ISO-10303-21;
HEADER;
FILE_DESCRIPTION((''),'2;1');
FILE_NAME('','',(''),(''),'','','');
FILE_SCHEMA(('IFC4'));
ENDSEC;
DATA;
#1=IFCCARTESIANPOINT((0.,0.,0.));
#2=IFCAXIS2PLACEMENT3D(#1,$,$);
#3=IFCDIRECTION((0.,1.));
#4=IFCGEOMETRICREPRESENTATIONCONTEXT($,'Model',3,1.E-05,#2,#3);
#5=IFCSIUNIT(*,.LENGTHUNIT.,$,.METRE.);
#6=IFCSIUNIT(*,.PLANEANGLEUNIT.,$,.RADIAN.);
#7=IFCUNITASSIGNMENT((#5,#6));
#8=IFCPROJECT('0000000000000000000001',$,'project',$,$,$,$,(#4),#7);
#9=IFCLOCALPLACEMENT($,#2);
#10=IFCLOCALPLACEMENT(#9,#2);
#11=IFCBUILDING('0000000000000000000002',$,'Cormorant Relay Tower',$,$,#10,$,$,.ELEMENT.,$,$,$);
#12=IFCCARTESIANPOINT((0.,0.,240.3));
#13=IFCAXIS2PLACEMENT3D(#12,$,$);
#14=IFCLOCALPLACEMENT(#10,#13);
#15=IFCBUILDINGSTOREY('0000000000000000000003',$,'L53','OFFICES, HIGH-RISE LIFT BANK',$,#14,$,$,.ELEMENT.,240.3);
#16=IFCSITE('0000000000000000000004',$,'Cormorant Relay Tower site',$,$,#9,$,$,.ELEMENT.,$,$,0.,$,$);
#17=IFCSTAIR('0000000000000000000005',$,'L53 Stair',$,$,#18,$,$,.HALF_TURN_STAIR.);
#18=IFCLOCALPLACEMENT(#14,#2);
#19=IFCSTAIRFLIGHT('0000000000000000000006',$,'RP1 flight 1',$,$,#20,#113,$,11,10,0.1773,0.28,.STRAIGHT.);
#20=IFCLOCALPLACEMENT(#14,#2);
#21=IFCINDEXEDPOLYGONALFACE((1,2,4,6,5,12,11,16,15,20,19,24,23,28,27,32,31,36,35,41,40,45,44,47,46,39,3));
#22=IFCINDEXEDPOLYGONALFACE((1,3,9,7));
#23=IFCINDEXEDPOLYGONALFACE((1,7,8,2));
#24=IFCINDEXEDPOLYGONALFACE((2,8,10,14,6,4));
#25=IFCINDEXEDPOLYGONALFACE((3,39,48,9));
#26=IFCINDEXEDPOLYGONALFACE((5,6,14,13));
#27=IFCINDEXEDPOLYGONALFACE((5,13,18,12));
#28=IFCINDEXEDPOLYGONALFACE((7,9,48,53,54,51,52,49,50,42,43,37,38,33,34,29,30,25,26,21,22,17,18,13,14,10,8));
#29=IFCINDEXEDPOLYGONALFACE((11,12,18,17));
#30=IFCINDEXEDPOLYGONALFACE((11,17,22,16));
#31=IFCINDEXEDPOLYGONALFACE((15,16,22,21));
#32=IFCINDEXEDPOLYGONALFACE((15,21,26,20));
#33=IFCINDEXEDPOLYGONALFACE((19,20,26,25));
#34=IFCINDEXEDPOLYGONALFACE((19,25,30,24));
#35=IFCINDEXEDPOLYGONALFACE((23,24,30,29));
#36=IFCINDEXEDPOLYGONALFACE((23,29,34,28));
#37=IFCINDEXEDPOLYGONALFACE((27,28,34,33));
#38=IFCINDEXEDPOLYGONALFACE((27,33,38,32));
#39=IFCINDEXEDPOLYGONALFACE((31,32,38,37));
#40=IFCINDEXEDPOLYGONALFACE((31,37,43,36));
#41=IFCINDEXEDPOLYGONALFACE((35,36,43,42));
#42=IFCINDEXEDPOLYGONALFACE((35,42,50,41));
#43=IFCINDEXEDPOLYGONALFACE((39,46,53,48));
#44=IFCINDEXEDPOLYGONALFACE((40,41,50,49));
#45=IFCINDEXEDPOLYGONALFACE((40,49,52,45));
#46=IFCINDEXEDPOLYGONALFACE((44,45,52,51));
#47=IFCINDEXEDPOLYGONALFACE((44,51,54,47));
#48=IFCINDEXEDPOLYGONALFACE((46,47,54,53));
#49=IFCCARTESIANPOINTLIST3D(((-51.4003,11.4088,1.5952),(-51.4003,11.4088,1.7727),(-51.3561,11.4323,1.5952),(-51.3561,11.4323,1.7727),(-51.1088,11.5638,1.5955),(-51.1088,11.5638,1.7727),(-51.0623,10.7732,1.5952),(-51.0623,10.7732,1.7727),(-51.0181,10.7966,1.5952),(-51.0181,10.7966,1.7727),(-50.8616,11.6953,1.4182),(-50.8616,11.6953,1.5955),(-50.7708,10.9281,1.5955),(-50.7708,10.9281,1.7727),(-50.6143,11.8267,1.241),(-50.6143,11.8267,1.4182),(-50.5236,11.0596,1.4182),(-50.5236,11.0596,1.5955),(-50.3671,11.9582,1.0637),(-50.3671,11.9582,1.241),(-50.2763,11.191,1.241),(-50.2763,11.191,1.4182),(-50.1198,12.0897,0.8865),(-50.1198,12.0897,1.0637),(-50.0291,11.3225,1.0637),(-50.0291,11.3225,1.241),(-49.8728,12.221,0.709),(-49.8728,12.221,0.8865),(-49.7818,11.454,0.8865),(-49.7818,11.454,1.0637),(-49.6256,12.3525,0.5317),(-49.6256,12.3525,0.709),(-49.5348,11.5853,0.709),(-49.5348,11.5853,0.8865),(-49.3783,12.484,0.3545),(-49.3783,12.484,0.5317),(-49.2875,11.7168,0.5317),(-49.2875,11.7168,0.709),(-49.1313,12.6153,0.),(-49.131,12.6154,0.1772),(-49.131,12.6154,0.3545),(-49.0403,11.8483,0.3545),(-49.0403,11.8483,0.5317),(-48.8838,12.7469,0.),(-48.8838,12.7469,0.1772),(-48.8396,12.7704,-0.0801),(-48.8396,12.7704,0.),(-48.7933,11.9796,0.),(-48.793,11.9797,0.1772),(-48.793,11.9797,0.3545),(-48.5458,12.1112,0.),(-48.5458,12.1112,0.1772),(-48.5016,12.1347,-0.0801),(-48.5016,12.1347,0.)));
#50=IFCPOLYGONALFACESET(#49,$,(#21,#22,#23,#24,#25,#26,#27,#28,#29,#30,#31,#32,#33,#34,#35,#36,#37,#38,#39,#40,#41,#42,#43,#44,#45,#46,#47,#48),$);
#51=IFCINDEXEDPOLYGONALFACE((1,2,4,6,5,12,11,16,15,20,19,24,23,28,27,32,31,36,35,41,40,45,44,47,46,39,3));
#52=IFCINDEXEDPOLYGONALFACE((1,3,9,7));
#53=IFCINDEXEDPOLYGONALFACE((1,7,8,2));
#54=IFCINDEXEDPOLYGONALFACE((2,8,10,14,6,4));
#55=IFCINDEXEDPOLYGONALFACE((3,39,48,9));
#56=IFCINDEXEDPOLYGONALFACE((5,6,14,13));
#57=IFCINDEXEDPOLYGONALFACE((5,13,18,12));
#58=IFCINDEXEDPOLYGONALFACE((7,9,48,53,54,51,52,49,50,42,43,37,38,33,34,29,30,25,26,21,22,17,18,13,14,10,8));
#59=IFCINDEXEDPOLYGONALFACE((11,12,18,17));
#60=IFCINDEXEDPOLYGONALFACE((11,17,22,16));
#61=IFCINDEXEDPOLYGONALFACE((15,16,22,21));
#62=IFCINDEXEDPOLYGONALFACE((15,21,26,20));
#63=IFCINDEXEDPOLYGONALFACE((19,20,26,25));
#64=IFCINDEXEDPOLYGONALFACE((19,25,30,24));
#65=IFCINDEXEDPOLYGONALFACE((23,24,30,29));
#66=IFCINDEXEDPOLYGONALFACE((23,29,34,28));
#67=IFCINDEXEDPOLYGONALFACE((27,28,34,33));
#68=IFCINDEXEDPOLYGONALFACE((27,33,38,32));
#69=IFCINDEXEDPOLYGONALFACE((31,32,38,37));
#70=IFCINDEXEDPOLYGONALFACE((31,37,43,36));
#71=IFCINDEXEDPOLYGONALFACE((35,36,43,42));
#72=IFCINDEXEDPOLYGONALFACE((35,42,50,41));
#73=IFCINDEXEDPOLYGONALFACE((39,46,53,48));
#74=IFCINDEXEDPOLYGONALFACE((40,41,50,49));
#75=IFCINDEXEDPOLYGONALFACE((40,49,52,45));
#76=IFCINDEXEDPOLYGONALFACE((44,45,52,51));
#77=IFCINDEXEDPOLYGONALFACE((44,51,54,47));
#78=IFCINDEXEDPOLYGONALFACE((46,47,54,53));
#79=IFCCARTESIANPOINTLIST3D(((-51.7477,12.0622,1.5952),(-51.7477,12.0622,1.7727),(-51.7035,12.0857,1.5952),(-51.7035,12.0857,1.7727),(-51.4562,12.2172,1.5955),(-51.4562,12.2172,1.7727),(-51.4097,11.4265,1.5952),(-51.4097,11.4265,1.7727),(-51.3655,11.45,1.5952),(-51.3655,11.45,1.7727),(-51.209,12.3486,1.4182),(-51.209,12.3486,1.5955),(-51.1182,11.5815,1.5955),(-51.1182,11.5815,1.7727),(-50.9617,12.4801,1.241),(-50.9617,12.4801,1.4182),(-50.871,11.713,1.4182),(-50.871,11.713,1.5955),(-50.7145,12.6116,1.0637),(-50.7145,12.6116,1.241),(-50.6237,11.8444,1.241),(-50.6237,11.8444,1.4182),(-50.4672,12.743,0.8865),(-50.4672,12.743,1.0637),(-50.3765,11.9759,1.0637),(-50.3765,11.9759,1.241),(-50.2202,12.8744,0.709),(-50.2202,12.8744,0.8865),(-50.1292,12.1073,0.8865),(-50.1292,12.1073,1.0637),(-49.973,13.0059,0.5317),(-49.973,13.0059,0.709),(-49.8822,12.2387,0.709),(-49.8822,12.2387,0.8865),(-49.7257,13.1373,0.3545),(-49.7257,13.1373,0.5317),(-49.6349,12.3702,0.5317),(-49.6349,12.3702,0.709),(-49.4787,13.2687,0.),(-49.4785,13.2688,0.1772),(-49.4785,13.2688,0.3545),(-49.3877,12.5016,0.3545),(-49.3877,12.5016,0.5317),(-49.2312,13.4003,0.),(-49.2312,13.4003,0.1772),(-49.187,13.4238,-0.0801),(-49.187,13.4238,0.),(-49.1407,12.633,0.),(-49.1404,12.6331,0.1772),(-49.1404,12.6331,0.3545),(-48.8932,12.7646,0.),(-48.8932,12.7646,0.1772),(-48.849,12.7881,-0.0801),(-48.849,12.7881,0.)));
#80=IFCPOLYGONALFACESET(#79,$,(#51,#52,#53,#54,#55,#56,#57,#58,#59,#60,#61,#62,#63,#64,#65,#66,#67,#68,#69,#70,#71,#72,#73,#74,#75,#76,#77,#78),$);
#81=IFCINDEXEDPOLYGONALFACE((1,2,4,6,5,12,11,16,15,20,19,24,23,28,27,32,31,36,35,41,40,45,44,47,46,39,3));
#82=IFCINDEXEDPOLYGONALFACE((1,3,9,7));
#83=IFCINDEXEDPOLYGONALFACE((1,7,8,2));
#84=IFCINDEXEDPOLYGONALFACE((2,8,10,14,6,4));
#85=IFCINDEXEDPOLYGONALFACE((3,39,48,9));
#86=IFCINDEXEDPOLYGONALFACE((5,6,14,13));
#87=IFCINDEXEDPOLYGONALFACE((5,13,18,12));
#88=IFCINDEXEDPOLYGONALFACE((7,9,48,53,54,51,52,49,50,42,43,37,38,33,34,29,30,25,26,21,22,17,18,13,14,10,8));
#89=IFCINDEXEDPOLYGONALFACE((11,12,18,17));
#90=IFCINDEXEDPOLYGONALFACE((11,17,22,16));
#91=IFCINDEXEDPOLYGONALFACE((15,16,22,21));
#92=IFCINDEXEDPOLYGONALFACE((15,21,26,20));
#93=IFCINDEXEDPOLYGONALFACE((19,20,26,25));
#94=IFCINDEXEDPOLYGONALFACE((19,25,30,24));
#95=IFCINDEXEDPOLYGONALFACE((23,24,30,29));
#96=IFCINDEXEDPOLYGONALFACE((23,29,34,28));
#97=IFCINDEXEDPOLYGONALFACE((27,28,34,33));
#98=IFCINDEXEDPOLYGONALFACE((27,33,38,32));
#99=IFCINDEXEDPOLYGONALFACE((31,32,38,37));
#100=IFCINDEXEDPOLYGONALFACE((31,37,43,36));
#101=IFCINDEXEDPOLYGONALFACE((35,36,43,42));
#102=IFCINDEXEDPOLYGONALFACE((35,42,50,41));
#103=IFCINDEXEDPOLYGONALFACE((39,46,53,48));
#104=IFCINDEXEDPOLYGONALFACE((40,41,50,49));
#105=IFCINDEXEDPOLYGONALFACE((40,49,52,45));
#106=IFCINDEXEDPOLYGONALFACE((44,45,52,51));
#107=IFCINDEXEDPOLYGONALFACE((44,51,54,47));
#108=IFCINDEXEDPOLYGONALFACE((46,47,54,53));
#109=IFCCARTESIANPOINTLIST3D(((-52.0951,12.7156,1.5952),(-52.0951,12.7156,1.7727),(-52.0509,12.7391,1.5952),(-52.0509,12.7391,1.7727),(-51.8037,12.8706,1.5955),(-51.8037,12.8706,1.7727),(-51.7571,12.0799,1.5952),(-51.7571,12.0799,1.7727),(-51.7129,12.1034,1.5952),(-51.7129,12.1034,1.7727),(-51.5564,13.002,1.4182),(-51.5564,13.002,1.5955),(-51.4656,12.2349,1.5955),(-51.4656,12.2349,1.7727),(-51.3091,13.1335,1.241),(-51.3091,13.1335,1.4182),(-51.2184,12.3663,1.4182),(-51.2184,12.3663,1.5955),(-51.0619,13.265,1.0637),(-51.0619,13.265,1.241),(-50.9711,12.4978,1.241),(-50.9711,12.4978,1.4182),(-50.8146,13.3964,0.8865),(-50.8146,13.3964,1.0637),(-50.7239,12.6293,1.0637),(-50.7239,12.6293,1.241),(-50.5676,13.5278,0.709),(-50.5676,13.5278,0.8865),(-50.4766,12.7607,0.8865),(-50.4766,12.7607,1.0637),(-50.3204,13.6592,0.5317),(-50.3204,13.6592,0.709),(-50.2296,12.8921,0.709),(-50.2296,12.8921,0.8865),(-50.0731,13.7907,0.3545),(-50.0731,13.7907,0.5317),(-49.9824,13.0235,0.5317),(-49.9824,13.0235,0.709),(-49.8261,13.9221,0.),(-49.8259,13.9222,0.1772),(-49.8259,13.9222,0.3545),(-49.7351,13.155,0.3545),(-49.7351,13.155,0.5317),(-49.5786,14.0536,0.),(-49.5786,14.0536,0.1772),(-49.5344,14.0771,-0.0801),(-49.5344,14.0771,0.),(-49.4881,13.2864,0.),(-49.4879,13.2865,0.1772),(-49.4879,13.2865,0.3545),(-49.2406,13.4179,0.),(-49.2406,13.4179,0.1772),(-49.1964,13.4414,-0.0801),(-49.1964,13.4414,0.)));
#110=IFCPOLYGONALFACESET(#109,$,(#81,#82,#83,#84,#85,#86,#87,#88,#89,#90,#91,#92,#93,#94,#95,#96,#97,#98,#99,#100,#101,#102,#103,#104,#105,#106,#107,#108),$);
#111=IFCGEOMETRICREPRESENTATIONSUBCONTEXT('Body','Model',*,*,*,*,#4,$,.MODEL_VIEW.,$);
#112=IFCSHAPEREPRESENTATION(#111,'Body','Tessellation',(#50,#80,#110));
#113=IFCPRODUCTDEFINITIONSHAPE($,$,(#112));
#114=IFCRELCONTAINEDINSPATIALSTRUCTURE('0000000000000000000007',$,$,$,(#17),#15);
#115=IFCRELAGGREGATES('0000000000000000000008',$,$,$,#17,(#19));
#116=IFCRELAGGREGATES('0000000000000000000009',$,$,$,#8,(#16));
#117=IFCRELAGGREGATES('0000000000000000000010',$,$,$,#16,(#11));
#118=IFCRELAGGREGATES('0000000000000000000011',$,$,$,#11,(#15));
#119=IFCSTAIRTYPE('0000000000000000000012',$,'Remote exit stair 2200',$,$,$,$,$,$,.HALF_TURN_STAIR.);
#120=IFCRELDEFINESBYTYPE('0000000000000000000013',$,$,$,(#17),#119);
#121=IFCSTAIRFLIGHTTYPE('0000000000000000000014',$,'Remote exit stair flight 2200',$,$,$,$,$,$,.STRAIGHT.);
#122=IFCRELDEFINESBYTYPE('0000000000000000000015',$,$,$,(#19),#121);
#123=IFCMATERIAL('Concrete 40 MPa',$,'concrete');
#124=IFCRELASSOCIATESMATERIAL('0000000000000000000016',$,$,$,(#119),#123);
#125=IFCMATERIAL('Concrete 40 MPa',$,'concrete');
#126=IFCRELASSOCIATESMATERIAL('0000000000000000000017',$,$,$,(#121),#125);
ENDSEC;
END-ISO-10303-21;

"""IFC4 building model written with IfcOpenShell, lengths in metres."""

from ifc_helpers import new_model, si_unit, direction, frame, origin, place, context, subcontext, project, spatial, polyline, outline, extrude, material, type_object, element, aggregate, save


model = new_model("IFC4")

# Units and contexts
model_context = context("Model", 3, precision=1e-05, world=origin(), true_north=direction((0.0, 1.0)))
body_context = subcontext(model_context, "Body", "Model", "MODEL_VIEW")
ifc_project = project(units=[si_unit("LENGTHUNIT", "METRE"), si_unit("PLANEANGLEUNIT", "RADIAN")], contexts=[model_context])

# Site, building, storey
site_placement = place(None, origin())
site = spatial("IfcSite", under=ifc_project, at=site_placement, Name="Cormorant Relay Tower site", CompositionType="ELEMENT", RefElevation=0.0)
building_placement = place(site_placement, origin())
building = spatial("IfcBuilding", under=site, at=building_placement, Name="Cormorant Relay Tower", CompositionType="ELEMENT")
storey_placement = place(building_placement, frame((0.0, 0.0, 240.3)))
storey = spatial("IfcBuildingStorey", under=building, at=storey_placement, Name="L53", Description="OFFICES, HIGH-RISE LIFT BANK", CompositionType="ELEMENT", Elevation=240.3)

# Stair, stair flight
ifc_material_1 = material(Name="Concrete 40 MPa", Category="concrete")
stair_type = type_object("IfcStairType", Name="Remote exit stair 2200", PredefinedType="HALF_TURN_STAIR", material=ifc_material_1)
stair_placement = place(storey_placement, origin())
stair = element("IfcStair", 1, at=stair_placement, inside=storey, type_object=stair_type, Name="L53 Stair", PredefinedType="HALF_TURN_STAIR")
ifc_material_2 = material(Name="Concrete 40 MPa", Category="concrete")
stair_flight_type = type_object("IfcStairFlightType", Name="Remote exit stair flight 2200", PredefinedType="STRAIGHT", material=ifc_material_2)
stair_flight_1_placement = place(storey_placement, frame((-49.0623, 13.0825, 0.0), z_axis=(0.0, 0.0, 1.0), x_axis=(-0.882948, -0.469472, 0.0)))
stair_flight_1 = element("IfcStairFlight", 2, at=stair_flight_1_placement, type_object=stair_flight_type, Name="RP1 flight 1", NumberOfRisers=11, NumberOfTreads=10, PredefinedType="STRAIGHT", RiserHeight=0.1773, TreadLength=0.28, context=body_context, shape_type="SweptSolid", body=[
    extrude(outline(polyline([(-0.05, -0.0801), (-0.05, 0.0), (0.0, 0.0), (0.0, 0.1772), (0.28, 0.1772), (0.28, 0.3545), (0.5601, 0.3545), (0.5601, 0.5317), (0.8401, 0.5317), (0.8401, 0.709), (1.1201, 0.709), (1.1201, 0.8865), (1.3999, 0.8865), (1.3999, 1.0637), (1.6799, 1.0637), (1.6799, 1.241), (1.96, 1.241), (1.96, 1.4182), (2.24, 1.4182), (2.24, 1.5955), (2.52, 1.5955), (2.52, 1.7727), (2.8, 1.7727), (2.8501, 1.7727), (2.8501, 1.5952), (2.8, 1.5952), (0.2803, 0.0), (-0.05, -0.0801)])), frame((0.0, 1.1001, 0.0), z_axis=(0.0, -1.0, 0.0), x_axis=(1.0, 0.0, 0.0)), (0.0, 0.0, 1.0), 0.72),
    extrude(outline(polyline([(-0.05, -0.0801), (-0.05, 0.0), (0.0, 0.0), (0.0, 0.1772), (0.28, 0.1772), (0.28, 0.3545), (0.5601, 0.3545), (0.5601, 0.5317), (0.8401, 0.5317), (0.8401, 0.709), (1.1201, 0.709), (1.1201, 0.8865), (1.3999, 0.8865), (1.3999, 1.0637), (1.6799, 1.0637), (1.6799, 1.241), (1.96, 1.241), (1.96, 1.4182), (2.24, 1.4182), (2.24, 1.5955), (2.52, 1.5955), (2.52, 1.7727), (2.8, 1.7727), (2.8501, 1.7727), (2.8501, 1.5952), (2.8, 1.5952), (0.2803, 0.0), (-0.05, -0.0801)])), frame((0.0, 0.3601, 0.0), z_axis=(0.0, -1.0, 0.0), x_axis=(1.0, 0.0, 0.0)), (0.0, 0.0, 1.0), 0.72),
    extrude(outline(polyline([(-0.05, -0.0801), (-0.05, 0.0), (0.0, 0.0), (0.0, 0.1772), (0.28, 0.1772), (0.28, 0.3545), (0.5601, 0.3545), (0.5601, 0.5317), (0.8401, 0.5317), (0.8401, 0.709), (1.1201, 0.709), (1.1201, 0.8865), (1.3999, 0.8865), (1.3999, 1.0637), (1.6799, 1.0637), (1.6799, 1.241), (1.96, 1.241), (1.96, 1.4182), (2.24, 1.4182), (2.24, 1.5955), (2.52, 1.5955), (2.52, 1.7727), (2.8, 1.7727), (2.8501, 1.7727), (2.8501, 1.5952), (2.8, 1.5952), (0.2803, 0.0), (-0.05, -0.0801)])), frame((0.0, -0.3799, 0.0), z_axis=(0.0, -1.0, 0.0), x_axis=(1.0, 0.0, 0.0)), (0.0, 0.0, 1.0), 0.72),
])
aggregate(stair, [stair_flight_1])

save(model, "model.ifc")
